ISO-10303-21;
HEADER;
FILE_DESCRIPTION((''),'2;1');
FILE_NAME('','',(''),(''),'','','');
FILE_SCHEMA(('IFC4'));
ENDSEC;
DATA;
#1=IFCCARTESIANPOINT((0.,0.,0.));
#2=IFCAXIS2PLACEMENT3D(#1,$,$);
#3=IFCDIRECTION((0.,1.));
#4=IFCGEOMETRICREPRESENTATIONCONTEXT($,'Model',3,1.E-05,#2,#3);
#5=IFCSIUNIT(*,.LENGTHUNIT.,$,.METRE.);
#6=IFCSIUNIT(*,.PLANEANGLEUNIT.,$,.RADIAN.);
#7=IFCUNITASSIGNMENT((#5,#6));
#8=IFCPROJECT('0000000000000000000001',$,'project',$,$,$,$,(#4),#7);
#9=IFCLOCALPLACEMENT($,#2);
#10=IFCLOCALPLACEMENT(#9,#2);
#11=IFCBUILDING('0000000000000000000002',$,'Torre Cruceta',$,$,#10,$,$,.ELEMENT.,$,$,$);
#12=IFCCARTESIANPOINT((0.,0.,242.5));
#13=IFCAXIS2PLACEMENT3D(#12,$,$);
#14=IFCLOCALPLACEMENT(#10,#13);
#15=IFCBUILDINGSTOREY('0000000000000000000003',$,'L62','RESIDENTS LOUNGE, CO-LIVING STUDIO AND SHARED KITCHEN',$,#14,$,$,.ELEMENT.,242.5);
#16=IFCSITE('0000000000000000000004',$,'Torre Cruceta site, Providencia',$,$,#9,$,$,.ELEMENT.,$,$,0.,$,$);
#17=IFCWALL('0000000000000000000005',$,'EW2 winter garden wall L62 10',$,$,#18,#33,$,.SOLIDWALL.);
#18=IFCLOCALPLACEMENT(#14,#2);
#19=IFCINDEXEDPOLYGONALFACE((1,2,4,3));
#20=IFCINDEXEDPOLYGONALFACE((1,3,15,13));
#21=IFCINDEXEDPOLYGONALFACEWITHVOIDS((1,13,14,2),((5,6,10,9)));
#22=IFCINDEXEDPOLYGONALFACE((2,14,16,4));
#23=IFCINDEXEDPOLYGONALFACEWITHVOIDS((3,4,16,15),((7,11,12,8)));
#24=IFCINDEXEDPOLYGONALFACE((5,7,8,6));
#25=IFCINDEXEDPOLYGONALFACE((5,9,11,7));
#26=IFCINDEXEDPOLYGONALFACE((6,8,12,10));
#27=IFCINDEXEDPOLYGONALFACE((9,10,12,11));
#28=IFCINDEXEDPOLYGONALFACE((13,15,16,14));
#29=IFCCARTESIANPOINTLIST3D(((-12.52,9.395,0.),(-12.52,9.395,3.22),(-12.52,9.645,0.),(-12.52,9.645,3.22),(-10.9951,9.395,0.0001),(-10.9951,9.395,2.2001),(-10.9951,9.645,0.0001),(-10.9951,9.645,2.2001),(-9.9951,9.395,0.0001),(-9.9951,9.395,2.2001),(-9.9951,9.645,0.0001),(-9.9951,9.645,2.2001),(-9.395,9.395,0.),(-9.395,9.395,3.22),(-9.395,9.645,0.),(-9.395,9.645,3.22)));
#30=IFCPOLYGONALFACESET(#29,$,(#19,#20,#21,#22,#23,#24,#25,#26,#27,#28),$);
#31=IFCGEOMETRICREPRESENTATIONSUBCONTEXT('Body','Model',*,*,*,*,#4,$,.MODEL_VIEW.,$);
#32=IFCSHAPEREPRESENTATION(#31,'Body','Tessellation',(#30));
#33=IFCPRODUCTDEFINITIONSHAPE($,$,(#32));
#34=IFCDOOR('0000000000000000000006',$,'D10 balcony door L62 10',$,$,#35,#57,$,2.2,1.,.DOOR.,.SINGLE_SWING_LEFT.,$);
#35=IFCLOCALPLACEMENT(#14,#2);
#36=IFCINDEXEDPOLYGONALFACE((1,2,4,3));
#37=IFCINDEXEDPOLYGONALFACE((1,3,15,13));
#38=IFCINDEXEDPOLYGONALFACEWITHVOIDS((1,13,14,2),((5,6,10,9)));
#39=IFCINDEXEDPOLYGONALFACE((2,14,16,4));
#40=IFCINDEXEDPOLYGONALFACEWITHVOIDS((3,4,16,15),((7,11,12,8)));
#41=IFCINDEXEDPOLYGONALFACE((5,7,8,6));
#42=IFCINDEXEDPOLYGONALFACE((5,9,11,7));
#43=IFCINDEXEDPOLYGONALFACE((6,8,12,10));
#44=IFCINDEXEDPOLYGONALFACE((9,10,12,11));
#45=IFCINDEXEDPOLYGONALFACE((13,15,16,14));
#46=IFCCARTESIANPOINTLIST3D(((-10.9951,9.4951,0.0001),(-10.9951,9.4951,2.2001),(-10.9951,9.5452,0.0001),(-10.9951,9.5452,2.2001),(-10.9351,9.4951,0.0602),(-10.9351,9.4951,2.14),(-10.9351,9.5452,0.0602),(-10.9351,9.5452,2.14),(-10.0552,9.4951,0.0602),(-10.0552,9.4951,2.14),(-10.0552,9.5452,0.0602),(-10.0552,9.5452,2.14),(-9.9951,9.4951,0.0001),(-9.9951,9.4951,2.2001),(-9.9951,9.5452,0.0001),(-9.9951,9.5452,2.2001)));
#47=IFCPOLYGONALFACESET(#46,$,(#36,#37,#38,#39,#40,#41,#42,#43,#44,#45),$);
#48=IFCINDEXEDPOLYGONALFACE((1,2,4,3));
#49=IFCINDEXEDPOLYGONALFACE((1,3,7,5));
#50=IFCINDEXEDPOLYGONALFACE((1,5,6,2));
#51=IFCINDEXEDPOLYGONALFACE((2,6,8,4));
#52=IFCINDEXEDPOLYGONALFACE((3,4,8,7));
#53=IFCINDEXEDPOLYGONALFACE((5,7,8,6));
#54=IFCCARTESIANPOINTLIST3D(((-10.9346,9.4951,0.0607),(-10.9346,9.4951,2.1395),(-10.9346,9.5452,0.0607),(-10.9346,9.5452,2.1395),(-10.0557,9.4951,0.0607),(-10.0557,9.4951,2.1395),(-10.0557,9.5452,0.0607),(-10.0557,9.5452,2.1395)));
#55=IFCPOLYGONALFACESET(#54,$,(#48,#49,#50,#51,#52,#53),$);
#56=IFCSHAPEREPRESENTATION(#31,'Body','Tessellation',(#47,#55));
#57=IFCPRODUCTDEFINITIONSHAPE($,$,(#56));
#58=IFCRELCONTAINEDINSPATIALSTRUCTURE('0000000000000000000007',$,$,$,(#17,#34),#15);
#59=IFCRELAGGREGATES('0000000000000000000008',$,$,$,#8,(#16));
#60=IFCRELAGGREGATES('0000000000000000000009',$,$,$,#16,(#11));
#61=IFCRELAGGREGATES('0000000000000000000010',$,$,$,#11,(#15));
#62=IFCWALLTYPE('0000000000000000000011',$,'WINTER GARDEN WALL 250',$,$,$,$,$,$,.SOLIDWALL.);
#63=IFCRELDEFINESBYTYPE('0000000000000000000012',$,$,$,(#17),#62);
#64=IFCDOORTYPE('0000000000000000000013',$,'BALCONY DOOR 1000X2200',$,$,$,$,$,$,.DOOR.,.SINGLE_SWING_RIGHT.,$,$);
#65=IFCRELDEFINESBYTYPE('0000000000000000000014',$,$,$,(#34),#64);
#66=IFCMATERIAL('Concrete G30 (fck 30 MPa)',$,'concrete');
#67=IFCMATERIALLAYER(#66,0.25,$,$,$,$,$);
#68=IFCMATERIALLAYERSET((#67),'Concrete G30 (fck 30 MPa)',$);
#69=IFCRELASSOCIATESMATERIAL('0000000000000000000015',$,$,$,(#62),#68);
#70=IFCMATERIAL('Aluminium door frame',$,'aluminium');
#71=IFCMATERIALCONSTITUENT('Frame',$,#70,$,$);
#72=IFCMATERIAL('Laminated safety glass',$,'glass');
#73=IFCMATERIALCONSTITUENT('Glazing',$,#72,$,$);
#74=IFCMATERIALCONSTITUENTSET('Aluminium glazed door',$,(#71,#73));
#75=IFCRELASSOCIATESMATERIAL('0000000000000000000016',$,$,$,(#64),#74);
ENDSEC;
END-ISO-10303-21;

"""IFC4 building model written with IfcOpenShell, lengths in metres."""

from ifc_helpers import new_model, si_unit, direction, frame, frame_2d, origin, place, context, subcontext, project, spatial, rectangle, hollow_rectangle, extrude, material, layer, layer_set, constituent, constituent_set, type_object, element, fill, save


model = new_model("IFC4")

# Units and contexts
model_context = context("Model", 3, precision=1e-05, world=origin(), true_north=direction((0.0, 1.0)))
body_context = subcontext(model_context, "Body", "Model", "MODEL_VIEW")
ifc_project = project(units=[si_unit("LENGTHUNIT", "METRE"), si_unit("PLANEANGLEUNIT", "RADIAN")], contexts=[model_context])

# Site, building, storey
site_placement = place(None, origin())
site = spatial("IfcSite", under=ifc_project, at=site_placement, Name="Torre Cruceta site, Providencia", CompositionType="ELEMENT", RefElevation=0.0)
building_placement = place(site_placement, origin())
building = spatial("IfcBuilding", under=site, at=building_placement, Name="Torre Cruceta", CompositionType="ELEMENT")
storey_placement = place(building_placement, frame((0.0, 0.0, 242.5)))
storey = spatial("IfcBuildingStorey", under=building, at=storey_placement, Name="L62", Description="RESIDENTS LOUNGE, CO-LIVING STUDIO AND SHARED KITCHEN", CompositionType="ELEMENT", Elevation=242.5)

# Wall, opening, door
ifc_material_1 = material(Name="Concrete G30 (fck 30 MPa)", Category="concrete")
ifc_layer_1 = layer(ifc_material_1, 0.25)
ifc_layer_set_1 = layer_set([ifc_layer_1], Name="Concrete G30 (fck 30 MPa)")
wall_type_1 = type_object("IfcWallType", Name="WINTER GARDEN WALL 250", PredefinedType="SOLIDWALL", material=ifc_layer_set_1)
ifc_material_2 = material(Name="Aluminium door frame", Category="aluminium")
ifc_constituent_1 = constituent(ifc_material_2, Name="Frame")
ifc_material_3 = material(Name="Laminated safety glass", Category="glass")
ifc_constituent_2 = constituent(ifc_material_3, Name="Glazing")
ifc_constituent_set_1 = constituent_set(constituents=[ifc_constituent_1, ifc_constituent_2], Name="Aluminium glazed door")
door_type_1 = type_object("IfcDoorType", Name="BALCONY DOOR 1000X2200", OperationType="SINGLE_SWING_RIGHT", PredefinedType="DOOR", material=ifc_constituent_set_1)
wall_1_placement = place(storey_placement, frame((-9.395, 9.52, 0.0), z_axis=(0.0, 0.0, 1.0), x_axis=(-1.0, 0.0, 0.0)))
wall_1 = element("IfcWall", 1, at=wall_1_placement, inside=storey, type_object=wall_type_1, Name="EW2 winter garden wall L62 10", PredefinedType="SOLIDWALL", context=body_context, shape_type="SweptSolid", body=[
    extrude(rectangle(XDim=3.125, YDim=0.25, at=frame_2d((1.5625, 0.0))), origin(), (0.0, 0.0, 1.0), 3.22),
])
opening_1_placement = place(wall_1_placement, frame((0.6001, 0.0, 0.0)))
opening_1 = element("IfcOpeningElement", 2, at=opening_1_placement, cuts=wall_1, PredefinedType="OPENING", context=body_context, shape_type="SweptSolid", body=[
    extrude(rectangle(XDim=1.0, YDim=2.2, at=frame_2d((0.5, 1.1001))), frame((0.0, 0.135, 0.0), z_axis=(0.0, -1.0, 0.0), x_axis=(1.0, 0.0, 0.0)), (0.0, 0.0, 1.0), 0.27),
])
door_1_placement = place(opening_1_placement, origin())
door_1 = element("IfcDoor", 3, at=door_1_placement, inside=storey, type_object=door_type_1, Name="D10 balcony door L62 10", OperationType="SINGLE_SWING_LEFT", OverallHeight=2.2, OverallWidth=1.0, PredefinedType="DOOR", context=body_context, shape_type="SweptSolid", body=[
    extrude(hollow_rectangle(XDim=1.0, YDim=2.2, WallThickness=0.0601, at=frame_2d((0.5, 1.1001))), frame((0.0, 0.0249, 0.0), z_axis=(0.0, -1.0, 0.0), x_axis=(1.0, 0.0, 0.0)), (0.0, 0.0, 1.0), 0.05),
    extrude(rectangle(XDim=0.8789, YDim=2.0789, at=frame_2d((0.5, 1.1001))), frame((0.0, 0.0249, 0.0), z_axis=(0.0, -1.0, 0.0), x_axis=(1.0, 0.0, 0.0)), (0.0, 0.0, 1.0), 0.05),
])
fill(opening_1, door_1)

save(model, "model.ifc")
